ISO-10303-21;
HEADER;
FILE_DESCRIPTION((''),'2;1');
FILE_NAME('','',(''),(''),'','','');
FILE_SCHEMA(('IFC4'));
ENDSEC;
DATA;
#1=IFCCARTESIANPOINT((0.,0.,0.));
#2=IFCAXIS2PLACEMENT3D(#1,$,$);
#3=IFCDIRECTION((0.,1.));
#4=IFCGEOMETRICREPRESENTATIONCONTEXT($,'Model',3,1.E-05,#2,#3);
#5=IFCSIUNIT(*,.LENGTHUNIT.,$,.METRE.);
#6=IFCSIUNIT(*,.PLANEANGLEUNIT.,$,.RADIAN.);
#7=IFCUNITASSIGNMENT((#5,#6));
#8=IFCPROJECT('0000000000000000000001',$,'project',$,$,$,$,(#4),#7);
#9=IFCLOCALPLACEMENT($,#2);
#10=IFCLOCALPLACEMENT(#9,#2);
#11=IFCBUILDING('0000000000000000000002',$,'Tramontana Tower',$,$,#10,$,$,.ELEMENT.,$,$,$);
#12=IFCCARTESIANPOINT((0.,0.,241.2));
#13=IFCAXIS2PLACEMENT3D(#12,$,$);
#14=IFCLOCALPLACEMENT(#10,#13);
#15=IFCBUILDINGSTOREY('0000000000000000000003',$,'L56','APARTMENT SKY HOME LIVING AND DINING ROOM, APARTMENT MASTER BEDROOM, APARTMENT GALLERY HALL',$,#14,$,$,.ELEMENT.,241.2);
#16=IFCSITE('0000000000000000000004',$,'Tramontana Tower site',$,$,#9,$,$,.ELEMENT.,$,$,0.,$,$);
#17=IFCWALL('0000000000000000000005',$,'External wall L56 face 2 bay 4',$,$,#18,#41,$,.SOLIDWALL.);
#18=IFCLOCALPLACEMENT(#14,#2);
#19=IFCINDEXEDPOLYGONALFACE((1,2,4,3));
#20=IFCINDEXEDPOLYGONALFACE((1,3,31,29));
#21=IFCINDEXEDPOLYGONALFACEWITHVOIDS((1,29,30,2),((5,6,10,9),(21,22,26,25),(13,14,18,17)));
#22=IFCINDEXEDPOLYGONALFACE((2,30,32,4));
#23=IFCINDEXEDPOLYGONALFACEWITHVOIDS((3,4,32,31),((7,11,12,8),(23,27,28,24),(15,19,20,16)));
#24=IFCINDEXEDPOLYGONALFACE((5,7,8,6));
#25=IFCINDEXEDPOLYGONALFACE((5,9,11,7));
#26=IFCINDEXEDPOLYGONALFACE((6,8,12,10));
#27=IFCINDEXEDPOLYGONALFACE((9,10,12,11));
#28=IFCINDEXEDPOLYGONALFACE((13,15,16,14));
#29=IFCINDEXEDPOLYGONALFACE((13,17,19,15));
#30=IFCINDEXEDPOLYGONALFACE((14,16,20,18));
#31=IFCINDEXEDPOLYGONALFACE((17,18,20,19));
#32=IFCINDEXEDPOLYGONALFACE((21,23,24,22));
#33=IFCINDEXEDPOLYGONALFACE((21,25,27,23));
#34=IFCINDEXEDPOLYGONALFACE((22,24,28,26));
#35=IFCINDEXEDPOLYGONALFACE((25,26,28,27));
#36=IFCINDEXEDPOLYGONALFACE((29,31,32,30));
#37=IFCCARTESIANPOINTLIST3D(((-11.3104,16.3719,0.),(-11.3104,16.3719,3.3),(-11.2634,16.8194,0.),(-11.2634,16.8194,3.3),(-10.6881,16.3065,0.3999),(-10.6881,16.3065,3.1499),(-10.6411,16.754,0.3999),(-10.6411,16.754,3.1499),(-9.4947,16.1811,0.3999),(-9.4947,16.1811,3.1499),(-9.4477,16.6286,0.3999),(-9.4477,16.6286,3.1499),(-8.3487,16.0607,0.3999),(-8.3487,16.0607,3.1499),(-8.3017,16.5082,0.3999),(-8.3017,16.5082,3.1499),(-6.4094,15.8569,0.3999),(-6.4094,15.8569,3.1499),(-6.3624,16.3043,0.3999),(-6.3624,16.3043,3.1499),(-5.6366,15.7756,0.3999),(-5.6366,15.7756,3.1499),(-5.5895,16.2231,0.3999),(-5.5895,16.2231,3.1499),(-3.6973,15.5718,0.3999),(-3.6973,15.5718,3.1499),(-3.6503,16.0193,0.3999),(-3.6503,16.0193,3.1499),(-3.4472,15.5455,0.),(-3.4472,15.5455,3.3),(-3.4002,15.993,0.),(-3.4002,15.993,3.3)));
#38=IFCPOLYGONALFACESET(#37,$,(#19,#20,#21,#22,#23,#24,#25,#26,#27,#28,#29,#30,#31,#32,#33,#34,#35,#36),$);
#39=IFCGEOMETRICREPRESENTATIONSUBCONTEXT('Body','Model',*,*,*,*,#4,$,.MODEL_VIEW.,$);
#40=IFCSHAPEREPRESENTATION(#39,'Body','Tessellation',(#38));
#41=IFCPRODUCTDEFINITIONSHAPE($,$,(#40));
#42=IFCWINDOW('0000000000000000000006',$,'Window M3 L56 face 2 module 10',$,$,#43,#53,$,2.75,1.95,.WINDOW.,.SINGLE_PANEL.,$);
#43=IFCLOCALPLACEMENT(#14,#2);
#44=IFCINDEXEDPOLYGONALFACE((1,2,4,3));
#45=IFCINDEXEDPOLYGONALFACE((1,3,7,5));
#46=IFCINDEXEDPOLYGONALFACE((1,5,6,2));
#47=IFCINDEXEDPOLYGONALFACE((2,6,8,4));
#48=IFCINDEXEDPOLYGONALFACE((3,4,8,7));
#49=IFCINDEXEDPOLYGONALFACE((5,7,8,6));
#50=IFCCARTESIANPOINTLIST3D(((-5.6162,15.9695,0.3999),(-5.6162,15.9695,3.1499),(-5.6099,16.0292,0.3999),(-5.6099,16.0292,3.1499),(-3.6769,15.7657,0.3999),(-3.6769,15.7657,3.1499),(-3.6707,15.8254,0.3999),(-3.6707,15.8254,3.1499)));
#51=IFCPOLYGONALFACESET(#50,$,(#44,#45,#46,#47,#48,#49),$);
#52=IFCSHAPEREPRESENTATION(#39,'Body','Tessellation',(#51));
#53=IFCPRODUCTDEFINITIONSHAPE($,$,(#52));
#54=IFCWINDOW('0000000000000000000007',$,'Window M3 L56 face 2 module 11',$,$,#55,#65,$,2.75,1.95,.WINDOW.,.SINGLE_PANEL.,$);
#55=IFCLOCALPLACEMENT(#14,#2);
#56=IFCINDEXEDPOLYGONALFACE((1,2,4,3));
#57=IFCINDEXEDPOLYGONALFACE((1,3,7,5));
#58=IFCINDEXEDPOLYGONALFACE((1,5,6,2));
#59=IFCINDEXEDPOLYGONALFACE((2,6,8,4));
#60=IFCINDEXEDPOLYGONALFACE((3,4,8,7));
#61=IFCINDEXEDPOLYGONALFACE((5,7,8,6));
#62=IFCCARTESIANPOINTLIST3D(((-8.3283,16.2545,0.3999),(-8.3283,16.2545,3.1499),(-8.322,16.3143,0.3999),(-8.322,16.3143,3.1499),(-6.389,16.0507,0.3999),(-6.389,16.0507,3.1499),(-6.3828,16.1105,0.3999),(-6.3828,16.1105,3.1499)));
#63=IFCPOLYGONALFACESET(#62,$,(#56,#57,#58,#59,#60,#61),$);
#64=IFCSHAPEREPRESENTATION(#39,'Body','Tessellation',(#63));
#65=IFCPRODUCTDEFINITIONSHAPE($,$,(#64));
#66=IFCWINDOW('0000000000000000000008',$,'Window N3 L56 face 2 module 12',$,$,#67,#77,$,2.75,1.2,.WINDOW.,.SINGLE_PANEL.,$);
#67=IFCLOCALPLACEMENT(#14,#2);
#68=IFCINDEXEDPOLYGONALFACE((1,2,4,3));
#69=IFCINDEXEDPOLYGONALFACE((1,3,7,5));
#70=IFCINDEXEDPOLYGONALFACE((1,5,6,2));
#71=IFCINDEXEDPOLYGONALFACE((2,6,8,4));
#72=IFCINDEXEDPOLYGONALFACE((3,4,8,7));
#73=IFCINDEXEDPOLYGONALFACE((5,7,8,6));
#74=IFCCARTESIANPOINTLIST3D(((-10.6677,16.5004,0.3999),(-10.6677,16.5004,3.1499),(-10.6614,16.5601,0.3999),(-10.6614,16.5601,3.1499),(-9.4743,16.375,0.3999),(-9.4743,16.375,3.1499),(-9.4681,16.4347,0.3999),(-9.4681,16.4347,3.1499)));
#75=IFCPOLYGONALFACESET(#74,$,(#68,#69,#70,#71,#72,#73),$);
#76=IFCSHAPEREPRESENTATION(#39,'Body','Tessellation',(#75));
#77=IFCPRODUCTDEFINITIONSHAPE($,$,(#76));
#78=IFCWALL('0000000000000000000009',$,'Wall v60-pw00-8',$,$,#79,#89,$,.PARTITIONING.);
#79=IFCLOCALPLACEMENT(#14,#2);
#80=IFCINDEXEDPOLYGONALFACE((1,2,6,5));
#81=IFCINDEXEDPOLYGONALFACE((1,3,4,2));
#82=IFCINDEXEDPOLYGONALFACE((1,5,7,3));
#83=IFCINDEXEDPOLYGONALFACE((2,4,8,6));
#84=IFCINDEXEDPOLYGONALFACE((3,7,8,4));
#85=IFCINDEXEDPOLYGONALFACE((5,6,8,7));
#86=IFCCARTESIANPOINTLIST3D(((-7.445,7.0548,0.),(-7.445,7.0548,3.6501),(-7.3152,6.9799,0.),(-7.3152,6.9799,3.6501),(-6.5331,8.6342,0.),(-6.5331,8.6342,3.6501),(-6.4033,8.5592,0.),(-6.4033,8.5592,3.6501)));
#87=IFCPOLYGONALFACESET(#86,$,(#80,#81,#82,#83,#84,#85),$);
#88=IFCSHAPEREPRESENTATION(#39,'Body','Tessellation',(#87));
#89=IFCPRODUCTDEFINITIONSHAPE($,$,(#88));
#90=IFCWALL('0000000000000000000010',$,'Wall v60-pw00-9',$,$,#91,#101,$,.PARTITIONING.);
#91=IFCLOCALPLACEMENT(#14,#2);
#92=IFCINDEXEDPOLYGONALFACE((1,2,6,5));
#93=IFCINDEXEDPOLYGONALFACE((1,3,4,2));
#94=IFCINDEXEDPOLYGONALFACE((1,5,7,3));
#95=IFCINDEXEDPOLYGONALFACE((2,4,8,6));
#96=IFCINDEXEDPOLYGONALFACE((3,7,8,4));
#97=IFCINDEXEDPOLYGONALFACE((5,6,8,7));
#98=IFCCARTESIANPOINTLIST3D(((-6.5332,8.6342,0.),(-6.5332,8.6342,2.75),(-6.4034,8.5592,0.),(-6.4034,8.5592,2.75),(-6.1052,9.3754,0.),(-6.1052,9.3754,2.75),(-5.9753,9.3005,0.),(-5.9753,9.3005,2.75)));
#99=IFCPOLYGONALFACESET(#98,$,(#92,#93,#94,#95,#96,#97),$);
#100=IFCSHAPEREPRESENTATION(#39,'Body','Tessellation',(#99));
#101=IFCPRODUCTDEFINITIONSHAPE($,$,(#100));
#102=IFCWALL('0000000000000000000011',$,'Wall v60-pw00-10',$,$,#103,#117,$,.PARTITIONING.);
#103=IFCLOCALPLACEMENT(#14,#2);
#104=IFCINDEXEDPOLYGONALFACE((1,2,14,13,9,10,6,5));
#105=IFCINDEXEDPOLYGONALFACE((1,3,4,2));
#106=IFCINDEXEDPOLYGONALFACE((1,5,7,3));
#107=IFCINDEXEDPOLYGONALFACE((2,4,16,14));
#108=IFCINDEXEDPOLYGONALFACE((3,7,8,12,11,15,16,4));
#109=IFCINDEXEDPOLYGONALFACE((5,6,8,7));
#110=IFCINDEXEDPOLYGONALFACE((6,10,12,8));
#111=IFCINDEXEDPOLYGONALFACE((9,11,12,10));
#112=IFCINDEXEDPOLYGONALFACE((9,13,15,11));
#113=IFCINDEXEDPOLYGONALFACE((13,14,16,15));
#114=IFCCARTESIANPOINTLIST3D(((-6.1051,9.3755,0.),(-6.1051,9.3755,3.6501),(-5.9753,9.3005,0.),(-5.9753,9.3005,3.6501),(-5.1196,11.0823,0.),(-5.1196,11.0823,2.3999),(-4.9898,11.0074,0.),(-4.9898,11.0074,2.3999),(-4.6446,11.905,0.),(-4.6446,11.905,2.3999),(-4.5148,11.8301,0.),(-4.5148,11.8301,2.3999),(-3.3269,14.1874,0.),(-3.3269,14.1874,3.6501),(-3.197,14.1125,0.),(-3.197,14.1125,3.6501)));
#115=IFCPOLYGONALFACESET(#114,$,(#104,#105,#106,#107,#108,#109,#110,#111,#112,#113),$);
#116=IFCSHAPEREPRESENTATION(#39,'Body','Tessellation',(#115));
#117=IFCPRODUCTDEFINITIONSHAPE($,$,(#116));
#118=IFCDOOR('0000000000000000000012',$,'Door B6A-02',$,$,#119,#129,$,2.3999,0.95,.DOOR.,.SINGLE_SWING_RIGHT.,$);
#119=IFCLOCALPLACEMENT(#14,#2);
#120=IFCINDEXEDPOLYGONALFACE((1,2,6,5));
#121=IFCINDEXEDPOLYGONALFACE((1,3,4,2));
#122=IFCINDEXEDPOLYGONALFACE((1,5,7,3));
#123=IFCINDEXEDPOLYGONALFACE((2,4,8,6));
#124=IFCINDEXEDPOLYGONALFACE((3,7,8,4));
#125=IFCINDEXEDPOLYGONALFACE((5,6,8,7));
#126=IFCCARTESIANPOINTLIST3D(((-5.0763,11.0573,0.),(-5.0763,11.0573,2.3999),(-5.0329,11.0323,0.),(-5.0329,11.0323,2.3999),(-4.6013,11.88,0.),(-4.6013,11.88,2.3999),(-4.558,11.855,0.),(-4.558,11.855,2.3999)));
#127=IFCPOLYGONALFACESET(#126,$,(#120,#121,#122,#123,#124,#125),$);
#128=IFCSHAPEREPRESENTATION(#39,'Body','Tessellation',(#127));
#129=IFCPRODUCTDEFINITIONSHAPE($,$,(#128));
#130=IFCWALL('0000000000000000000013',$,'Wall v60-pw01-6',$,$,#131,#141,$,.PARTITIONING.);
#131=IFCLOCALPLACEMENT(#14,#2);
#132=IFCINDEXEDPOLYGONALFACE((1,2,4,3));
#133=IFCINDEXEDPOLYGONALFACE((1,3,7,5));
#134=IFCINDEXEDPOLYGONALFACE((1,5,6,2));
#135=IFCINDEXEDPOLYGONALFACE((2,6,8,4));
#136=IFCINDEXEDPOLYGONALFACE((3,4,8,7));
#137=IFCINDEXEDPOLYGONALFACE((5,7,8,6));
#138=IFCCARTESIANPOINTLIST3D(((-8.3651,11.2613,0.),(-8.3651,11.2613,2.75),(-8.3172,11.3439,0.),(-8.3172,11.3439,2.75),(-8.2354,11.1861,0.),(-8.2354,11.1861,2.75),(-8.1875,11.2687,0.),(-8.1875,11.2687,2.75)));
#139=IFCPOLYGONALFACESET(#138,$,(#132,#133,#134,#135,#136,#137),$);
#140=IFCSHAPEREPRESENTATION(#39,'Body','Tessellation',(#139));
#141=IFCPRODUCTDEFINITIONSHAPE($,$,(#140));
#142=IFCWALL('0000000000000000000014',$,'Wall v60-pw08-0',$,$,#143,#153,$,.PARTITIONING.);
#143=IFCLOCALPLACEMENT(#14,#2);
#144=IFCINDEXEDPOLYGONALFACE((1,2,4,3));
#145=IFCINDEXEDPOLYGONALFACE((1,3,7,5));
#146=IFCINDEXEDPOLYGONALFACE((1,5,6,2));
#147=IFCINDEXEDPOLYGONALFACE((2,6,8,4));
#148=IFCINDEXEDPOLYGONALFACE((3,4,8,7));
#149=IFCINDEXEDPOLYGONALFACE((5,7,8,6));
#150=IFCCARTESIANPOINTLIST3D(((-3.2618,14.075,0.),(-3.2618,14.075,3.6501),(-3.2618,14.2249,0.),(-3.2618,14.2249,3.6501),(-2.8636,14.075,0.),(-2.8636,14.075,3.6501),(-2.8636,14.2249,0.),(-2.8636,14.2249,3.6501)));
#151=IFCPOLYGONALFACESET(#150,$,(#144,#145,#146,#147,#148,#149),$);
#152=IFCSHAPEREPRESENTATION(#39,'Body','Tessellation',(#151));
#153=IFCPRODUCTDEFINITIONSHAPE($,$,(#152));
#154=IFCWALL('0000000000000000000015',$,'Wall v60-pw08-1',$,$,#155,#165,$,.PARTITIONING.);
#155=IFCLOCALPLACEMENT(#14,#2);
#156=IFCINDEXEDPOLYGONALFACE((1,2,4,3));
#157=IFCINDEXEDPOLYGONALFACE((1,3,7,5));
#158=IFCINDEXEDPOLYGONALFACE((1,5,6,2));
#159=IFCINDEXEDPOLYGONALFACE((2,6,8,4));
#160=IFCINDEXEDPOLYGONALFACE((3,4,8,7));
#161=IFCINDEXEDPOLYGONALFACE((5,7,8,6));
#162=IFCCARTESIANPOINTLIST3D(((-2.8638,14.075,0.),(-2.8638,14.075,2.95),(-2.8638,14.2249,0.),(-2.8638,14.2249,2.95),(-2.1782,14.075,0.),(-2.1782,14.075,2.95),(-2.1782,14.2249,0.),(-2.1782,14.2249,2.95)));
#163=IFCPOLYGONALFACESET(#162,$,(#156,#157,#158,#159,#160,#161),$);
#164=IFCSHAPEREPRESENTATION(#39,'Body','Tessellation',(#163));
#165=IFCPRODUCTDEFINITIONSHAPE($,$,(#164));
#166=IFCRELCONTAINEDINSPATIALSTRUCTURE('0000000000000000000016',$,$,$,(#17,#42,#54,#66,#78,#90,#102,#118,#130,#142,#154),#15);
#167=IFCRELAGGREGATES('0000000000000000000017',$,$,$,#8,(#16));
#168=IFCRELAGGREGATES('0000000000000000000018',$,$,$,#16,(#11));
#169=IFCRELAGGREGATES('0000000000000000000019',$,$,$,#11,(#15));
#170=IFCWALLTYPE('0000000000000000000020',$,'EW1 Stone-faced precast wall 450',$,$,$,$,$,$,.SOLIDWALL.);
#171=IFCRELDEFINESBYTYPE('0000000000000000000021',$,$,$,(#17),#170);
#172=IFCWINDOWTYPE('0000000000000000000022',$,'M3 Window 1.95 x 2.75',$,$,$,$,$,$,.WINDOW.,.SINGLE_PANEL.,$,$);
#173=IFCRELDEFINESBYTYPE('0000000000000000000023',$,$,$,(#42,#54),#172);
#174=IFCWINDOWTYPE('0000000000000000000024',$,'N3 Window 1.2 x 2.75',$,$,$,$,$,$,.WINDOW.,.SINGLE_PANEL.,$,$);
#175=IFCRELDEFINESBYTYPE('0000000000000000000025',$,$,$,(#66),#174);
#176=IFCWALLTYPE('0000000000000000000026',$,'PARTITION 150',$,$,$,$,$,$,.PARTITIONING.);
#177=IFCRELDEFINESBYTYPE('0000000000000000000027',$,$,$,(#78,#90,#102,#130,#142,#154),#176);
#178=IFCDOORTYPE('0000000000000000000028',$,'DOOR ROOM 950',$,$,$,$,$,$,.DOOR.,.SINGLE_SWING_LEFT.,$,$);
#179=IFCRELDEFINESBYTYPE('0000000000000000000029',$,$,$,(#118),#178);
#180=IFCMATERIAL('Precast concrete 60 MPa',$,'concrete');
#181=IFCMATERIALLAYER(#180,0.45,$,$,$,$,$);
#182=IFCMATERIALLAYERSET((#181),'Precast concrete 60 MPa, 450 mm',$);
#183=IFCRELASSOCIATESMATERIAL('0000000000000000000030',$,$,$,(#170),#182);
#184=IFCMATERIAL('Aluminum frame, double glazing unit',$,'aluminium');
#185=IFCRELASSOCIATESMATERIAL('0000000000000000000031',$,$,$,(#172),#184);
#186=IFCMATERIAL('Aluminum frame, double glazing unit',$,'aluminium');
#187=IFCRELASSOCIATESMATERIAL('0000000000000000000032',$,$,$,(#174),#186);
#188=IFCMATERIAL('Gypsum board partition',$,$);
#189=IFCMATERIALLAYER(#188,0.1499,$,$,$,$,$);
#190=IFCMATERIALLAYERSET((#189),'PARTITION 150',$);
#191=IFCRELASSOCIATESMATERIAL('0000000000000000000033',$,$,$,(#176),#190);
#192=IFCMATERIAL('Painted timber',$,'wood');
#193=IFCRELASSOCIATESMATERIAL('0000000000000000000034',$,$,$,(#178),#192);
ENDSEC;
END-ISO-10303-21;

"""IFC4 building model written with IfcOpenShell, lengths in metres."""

from ifc_helpers import new_model, si_unit, direction, frame, frame_2d, origin, place, context, subcontext, project, spatial, rectangle, extrude, material, layer, layer_set, type_object, element, fill, save


model = new_model("IFC4")

# Units and contexts
model_context = context("Model", 3, precision=1e-05, world=origin(), true_north=direction((0.0, 1.0)))
body_context = subcontext(model_context, "Body", "Model", "MODEL_VIEW")
ifc_project = project(units=[si_unit("LENGTHUNIT", "METRE"), si_unit("PLANEANGLEUNIT", "RADIAN")], contexts=[model_context])

# Site, building, storey
site_placement = place(None, origin())
site = spatial("IfcSite", under=ifc_project, at=site_placement, Name="Tramontana Tower site", CompositionType="ELEMENT", RefElevation=0.0)
building_placement = place(site_placement, origin())
building = spatial("IfcBuilding", under=site, at=building_placement, Name="Tramontana Tower", CompositionType="ELEMENT")
storey_placement = place(building_placement, frame((0.0, 0.0, 241.2)))
storey = spatial("IfcBuildingStorey", under=building, at=storey_placement, Name="L56", Description="APARTMENT SKY HOME LIVING AND DINING ROOM, APARTMENT MASTER BEDROOM, APARTMENT GALLERY HALL", CompositionType="ELEMENT", Elevation=241.2)

# Wall, openings, windows
ifc_material_1 = material(Name="Precast concrete 60 MPa", Category="concrete")
ifc_layer_1 = layer(ifc_material_1, 0.45)
ifc_layer_set_1 = layer_set([ifc_layer_1], Name="Precast concrete 60 MPa, 450 mm")
wall_type_1 = type_object("IfcWallType", Name="EW1 Stone-faced precast wall 450", PredefinedType="SOLIDWALL", material=ifc_layer_set_1)
wall_1_placement = place(storey_placement, frame((-3.4238, 15.7693, 0.0), z_axis=(0.0, 0.0, 1.0), x_axis=(-0.994523, 0.104522, 0.0)))
wall_1 = element("IfcWall", 1, at=wall_1_placement, inside=storey, type_object=wall_type_1, Name="External wall L56 face 2 bay 4", PredefinedType="SOLIDWALL", context=body_context, shape_type="SweptSolid", body=[
    extrude(rectangle(XDim=7.9065, YDim=0.45, at=frame_2d((3.9531, 0.0))), origin(), (0.0, 0.0, 1.0), 3.3),
])
opening_1_placement = place(wall_1_placement, frame((0.2512, 0.0, 0.3999)))
opening_1 = element("IfcOpeningElement", 2, at=opening_1_placement, cuts=wall_1, PredefinedType="OPENING", context=body_context, shape_type="SweptSolid", body=[
    extrude(rectangle(XDim=1.95, YDim=2.75, at=frame_2d((0.9751, 1.375))), frame((0.0, 0.2349, 0.0), z_axis=(0.0, -1.0, 0.0), x_axis=(1.0, 0.0, 0.0)), (0.0, 0.0, 1.0), 0.47),
])
opening_2_placement = place(wall_1_placement, frame((2.9783, 0.0, 0.3999)))
opening_2 = element("IfcOpeningElement", 3, at=opening_2_placement, cuts=wall_1, PredefinedType="OPENING", context=body_context, shape_type="SweptSolid", body=[
    extrude(rectangle(XDim=1.95, YDim=2.75, at=frame_2d((0.9751, 1.375))), frame((0.0, 0.2349, 0.0), z_axis=(0.0, -1.0, 0.0), x_axis=(1.0, 0.0, 0.0)), (0.0, 0.0, 1.0), 0.47),
])
opening_3_placement = place(wall_1_placement, frame((6.0806, 0.0, 0.3999)))
opening_3 = element("IfcOpeningElement", 4, at=opening_3_placement, cuts=wall_1, PredefinedType="OPENING", context=body_context, shape_type="SweptSolid", body=[
    extrude(rectangle(XDim=1.2, YDim=2.75, at=frame_2d((0.6001, 1.375))), frame((0.0, 0.2349, 0.0), z_axis=(0.0, -1.0, 0.0), x_axis=(1.0, 0.0, 0.0)), (0.0, 0.0, 1.0), 0.47),
])
ifc_material_2 = material(Name="Aluminum frame, double glazing unit", Category="aluminium")
window_type_1 = type_object("IfcWindowType", Name="M3 Window 1.95 x 2.75", PartitioningType="SINGLE_PANEL", PredefinedType="WINDOW", material=ifc_material_2)
window_1_placement = place(opening_1_placement, origin())
window_1 = element("IfcWindow", 5, at=window_1_placement, inside=storey, type_object=window_type_1, Name="Window M3 L56 face 2 module 10", OverallHeight=2.75, OverallWidth=1.95, PartitioningType="SINGLE_PANEL", PredefinedType="WINDOW", context=body_context, shape_type="SweptSolid", body=[
    extrude(rectangle(XDim=1.95, YDim=2.75, at=frame_2d((0.9751, 1.375))), frame((0.0, 0.03, 0.0), z_axis=(0.0, -1.0, 0.0), x_axis=(1.0, 0.0, 0.0)), (0.0, 0.0, 1.0), 0.0601),
])
fill(opening_1, window_1)
window_2_placement = place(opening_2_placement, origin())
window_2 = element("IfcWindow", 6, at=window_2_placement, inside=storey, type_object=window_type_1, Name="Window M3 L56 face 2 module 11", OverallHeight=2.75, OverallWidth=1.95, PartitioningType="SINGLE_PANEL", PredefinedType="WINDOW", context=body_context, shape_type="SweptSolid", body=[
    extrude(rectangle(XDim=1.95, YDim=2.75, at=frame_2d((0.9751, 1.375))), frame((0.0, 0.03, 0.0), z_axis=(0.0, -1.0, 0.0), x_axis=(1.0, 0.0, 0.0)), (0.0, 0.0, 1.0), 0.0601),
])
fill(opening_2, window_2)
ifc_material_3 = material(Name="Aluminum frame, double glazing unit", Category="aluminium")
window_type_2 = type_object("IfcWindowType", Name="N3 Window 1.2 x 2.75", PartitioningType="SINGLE_PANEL", PredefinedType="WINDOW", material=ifc_material_3)
window_3_placement = place(opening_3_placement, origin())
window_3 = element("IfcWindow", 7, at=window_3_placement, inside=storey, type_object=window_type_2, Name="Window N3 L56 face 2 module 12", OverallHeight=2.75, OverallWidth=1.2, PartitioningType="SINGLE_PANEL", PredefinedType="WINDOW", context=body_context, shape_type="SweptSolid", body=[
    extrude(rectangle(XDim=1.2, YDim=2.75, at=frame_2d((0.6001, 1.375))), frame((0.0, 0.03, 0.0), z_axis=(0.0, -1.0, 0.0), x_axis=(1.0, 0.0, 0.0)), (0.0, 0.0, 1.0), 0.0601),
])
fill(opening_3, window_3)

# Walls
ifc_material_4 = material(Name="Gypsum board partition")
ifc_layer_2 = layer(ifc_material_4, 0.1499)
ifc_layer_set_2 = layer_set([ifc_layer_2], Name="PARTITION 150")
wall_type_2 = type_object("IfcWallType", Name="PARTITION 150", PredefinedType="PARTITIONING", material=ifc_layer_set_2)
wall_2_placement = place(storey_placement, frame((-7.3801, 7.0173, 0.0), z_axis=(0.0, 0.0, 1.0), x_axis=(0.500012, 0.866018, 0.0)))
element("IfcWall", 8, at=wall_2_placement, inside=storey, type_object=wall_type_2, Name="Wall v60-pw00-8", PredefinedType="PARTITIONING", context=body_context, shape_type="SweptSolid", body=[
    extrude(rectangle(XDim=1.8237, YDim=0.1499, at=frame_2d((0.9119, 0.0))), origin(), (0.0, 0.0, 1.0), 3.6501),
])
wall_3_placement = place(storey_placement, frame((-6.4683, 8.5967, 0.0), z_axis=(0.0, 0.0, 1.0), x_axis=(0.500035, 0.866005, 0.0)))
element("IfcWall", 9, at=wall_3_placement, inside=storey, type_object=wall_type_2, Name="Wall v60-pw00-9", PredefinedType="PARTITIONING", context=body_context, shape_type="SweptSolid", body=[
    extrude(rectangle(XDim=0.856, YDim=0.1499, at=frame_2d((0.428, 0.0))), origin(), (0.0, 0.0, 1.0), 2.75),
])

# Wall, opening, door
wall_4_placement = place(storey_placement, frame((-6.0403, 9.3379, 0.0), z_axis=(0.0, 0.0, 1.0), x_axis=(0.500014, 0.866017, 0.0)))
wall_4 = element("IfcWall", 10, at=wall_4_placement, inside=storey, type_object=wall_type_2, Name="Wall v60-pw00-10", PredefinedType="PARTITIONING", context=body_context, shape_type="SweptSolid", body=[
    extrude(rectangle(XDim=5.5564, YDim=0.1499, at=frame_2d((2.7783, 0.0))), origin(), (0.0, 0.0, 1.0), 3.6501),
])
opening_4_placement = place(wall_4_placement, frame((1.9709, 0.0, 0.0)))
opening_4 = element("IfcOpeningElement", 11, at=opening_4_placement, cuts=wall_4, PredefinedType="OPENING", context=body_context, shape_type="SweptSolid", body=[
    extrude(rectangle(XDim=0.95, YDim=2.3999, at=frame_2d((0.4751, 1.2))), frame((0.0, 0.085, 0.0), z_axis=(0.0, -1.0, 0.0), x_axis=(1.0, 0.0, 0.0)), (0.0, 0.0, 1.0), 0.1699),
])
ifc_material_5 = material(Name="Painted timber", Category="wood")
door_type_1 = type_object("IfcDoorType", Name="DOOR ROOM 950", OperationType="SINGLE_SWING_LEFT", PredefinedType="DOOR", material=ifc_material_5)
door_1_placement = place(opening_4_placement, origin())
door_1 = element("IfcDoor", 12, at=door_1_placement, inside=storey, type_object=door_type_1, Name="Door B6A-02", OperationType="SINGLE_SWING_RIGHT", OverallHeight=2.3999, OverallWidth=0.95, PredefinedType="DOOR", context=body_context, shape_type="SweptSolid", body=[
    extrude(rectangle(XDim=0.95, YDim=2.3999, at=frame_2d((0.4751, 1.2))), frame((0.0, 0.0249, 0.0), z_axis=(0.0, -1.0, 0.0), x_axis=(1.0, 0.0, 0.0)), (0.0, 0.0, 1.0), 0.05),
])
fill(opening_4, door_1)

# Walls
wall_5_placement = place(storey_placement, frame((-8.3003, 11.2236, 0.0), z_axis=(0.0, 0.0, 1.0), x_axis=(0.501641, 0.865076, 0.0)))
element("IfcWall", 13, at=wall_5_placement, inside=storey, type_object=wall_type_2, Name="Wall v60-pw01-6", PredefinedType="PARTITIONING", context=body_context, shape_type="SweptSolid", body=[
    extrude(rectangle(XDim=0.0955, YDim=0.1499, at=frame_2d((0.0479, 0.0))), origin(), (0.0, 0.0, 1.0), 2.75),
])
wall_6_placement = place(storey_placement, frame((-3.262, 14.1499, 0.0), z_axis=(0.0, 0.0, 1.0), x_axis=(1.0, 0.0, 0.0)))
element("IfcWall", 14, at=wall_6_placement, inside=storey, type_object=wall_type_2, Name="Wall v60-pw08-0", PredefinedType="PARTITIONING", context=body_context, shape_type="SweptSolid", body=[
    extrude(rectangle(XDim=0.3982, YDim=0.1499, at=frame_2d((0.1992, 0.0))), origin(), (0.0, 0.0, 1.0), 3.6501),
])
wall_7_placement = place(storey_placement, frame((-2.8638, 14.1499, 0.0), z_axis=(0.0, 0.0, 1.0), x_axis=(1.0, 0.0, 0.0)))
element("IfcWall", 15, at=wall_7_placement, inside=storey, type_object=wall_type_2, Name="Wall v60-pw08-1", PredefinedType="PARTITIONING", context=body_context, shape_type="SweptSolid", body=[
    extrude(rectangle(XDim=0.6855, YDim=0.1499, at=frame_2d((0.3428, 0.0))), origin(), (0.0, 0.0, 1.0), 2.95),
])

save(model, "model.ifc")
